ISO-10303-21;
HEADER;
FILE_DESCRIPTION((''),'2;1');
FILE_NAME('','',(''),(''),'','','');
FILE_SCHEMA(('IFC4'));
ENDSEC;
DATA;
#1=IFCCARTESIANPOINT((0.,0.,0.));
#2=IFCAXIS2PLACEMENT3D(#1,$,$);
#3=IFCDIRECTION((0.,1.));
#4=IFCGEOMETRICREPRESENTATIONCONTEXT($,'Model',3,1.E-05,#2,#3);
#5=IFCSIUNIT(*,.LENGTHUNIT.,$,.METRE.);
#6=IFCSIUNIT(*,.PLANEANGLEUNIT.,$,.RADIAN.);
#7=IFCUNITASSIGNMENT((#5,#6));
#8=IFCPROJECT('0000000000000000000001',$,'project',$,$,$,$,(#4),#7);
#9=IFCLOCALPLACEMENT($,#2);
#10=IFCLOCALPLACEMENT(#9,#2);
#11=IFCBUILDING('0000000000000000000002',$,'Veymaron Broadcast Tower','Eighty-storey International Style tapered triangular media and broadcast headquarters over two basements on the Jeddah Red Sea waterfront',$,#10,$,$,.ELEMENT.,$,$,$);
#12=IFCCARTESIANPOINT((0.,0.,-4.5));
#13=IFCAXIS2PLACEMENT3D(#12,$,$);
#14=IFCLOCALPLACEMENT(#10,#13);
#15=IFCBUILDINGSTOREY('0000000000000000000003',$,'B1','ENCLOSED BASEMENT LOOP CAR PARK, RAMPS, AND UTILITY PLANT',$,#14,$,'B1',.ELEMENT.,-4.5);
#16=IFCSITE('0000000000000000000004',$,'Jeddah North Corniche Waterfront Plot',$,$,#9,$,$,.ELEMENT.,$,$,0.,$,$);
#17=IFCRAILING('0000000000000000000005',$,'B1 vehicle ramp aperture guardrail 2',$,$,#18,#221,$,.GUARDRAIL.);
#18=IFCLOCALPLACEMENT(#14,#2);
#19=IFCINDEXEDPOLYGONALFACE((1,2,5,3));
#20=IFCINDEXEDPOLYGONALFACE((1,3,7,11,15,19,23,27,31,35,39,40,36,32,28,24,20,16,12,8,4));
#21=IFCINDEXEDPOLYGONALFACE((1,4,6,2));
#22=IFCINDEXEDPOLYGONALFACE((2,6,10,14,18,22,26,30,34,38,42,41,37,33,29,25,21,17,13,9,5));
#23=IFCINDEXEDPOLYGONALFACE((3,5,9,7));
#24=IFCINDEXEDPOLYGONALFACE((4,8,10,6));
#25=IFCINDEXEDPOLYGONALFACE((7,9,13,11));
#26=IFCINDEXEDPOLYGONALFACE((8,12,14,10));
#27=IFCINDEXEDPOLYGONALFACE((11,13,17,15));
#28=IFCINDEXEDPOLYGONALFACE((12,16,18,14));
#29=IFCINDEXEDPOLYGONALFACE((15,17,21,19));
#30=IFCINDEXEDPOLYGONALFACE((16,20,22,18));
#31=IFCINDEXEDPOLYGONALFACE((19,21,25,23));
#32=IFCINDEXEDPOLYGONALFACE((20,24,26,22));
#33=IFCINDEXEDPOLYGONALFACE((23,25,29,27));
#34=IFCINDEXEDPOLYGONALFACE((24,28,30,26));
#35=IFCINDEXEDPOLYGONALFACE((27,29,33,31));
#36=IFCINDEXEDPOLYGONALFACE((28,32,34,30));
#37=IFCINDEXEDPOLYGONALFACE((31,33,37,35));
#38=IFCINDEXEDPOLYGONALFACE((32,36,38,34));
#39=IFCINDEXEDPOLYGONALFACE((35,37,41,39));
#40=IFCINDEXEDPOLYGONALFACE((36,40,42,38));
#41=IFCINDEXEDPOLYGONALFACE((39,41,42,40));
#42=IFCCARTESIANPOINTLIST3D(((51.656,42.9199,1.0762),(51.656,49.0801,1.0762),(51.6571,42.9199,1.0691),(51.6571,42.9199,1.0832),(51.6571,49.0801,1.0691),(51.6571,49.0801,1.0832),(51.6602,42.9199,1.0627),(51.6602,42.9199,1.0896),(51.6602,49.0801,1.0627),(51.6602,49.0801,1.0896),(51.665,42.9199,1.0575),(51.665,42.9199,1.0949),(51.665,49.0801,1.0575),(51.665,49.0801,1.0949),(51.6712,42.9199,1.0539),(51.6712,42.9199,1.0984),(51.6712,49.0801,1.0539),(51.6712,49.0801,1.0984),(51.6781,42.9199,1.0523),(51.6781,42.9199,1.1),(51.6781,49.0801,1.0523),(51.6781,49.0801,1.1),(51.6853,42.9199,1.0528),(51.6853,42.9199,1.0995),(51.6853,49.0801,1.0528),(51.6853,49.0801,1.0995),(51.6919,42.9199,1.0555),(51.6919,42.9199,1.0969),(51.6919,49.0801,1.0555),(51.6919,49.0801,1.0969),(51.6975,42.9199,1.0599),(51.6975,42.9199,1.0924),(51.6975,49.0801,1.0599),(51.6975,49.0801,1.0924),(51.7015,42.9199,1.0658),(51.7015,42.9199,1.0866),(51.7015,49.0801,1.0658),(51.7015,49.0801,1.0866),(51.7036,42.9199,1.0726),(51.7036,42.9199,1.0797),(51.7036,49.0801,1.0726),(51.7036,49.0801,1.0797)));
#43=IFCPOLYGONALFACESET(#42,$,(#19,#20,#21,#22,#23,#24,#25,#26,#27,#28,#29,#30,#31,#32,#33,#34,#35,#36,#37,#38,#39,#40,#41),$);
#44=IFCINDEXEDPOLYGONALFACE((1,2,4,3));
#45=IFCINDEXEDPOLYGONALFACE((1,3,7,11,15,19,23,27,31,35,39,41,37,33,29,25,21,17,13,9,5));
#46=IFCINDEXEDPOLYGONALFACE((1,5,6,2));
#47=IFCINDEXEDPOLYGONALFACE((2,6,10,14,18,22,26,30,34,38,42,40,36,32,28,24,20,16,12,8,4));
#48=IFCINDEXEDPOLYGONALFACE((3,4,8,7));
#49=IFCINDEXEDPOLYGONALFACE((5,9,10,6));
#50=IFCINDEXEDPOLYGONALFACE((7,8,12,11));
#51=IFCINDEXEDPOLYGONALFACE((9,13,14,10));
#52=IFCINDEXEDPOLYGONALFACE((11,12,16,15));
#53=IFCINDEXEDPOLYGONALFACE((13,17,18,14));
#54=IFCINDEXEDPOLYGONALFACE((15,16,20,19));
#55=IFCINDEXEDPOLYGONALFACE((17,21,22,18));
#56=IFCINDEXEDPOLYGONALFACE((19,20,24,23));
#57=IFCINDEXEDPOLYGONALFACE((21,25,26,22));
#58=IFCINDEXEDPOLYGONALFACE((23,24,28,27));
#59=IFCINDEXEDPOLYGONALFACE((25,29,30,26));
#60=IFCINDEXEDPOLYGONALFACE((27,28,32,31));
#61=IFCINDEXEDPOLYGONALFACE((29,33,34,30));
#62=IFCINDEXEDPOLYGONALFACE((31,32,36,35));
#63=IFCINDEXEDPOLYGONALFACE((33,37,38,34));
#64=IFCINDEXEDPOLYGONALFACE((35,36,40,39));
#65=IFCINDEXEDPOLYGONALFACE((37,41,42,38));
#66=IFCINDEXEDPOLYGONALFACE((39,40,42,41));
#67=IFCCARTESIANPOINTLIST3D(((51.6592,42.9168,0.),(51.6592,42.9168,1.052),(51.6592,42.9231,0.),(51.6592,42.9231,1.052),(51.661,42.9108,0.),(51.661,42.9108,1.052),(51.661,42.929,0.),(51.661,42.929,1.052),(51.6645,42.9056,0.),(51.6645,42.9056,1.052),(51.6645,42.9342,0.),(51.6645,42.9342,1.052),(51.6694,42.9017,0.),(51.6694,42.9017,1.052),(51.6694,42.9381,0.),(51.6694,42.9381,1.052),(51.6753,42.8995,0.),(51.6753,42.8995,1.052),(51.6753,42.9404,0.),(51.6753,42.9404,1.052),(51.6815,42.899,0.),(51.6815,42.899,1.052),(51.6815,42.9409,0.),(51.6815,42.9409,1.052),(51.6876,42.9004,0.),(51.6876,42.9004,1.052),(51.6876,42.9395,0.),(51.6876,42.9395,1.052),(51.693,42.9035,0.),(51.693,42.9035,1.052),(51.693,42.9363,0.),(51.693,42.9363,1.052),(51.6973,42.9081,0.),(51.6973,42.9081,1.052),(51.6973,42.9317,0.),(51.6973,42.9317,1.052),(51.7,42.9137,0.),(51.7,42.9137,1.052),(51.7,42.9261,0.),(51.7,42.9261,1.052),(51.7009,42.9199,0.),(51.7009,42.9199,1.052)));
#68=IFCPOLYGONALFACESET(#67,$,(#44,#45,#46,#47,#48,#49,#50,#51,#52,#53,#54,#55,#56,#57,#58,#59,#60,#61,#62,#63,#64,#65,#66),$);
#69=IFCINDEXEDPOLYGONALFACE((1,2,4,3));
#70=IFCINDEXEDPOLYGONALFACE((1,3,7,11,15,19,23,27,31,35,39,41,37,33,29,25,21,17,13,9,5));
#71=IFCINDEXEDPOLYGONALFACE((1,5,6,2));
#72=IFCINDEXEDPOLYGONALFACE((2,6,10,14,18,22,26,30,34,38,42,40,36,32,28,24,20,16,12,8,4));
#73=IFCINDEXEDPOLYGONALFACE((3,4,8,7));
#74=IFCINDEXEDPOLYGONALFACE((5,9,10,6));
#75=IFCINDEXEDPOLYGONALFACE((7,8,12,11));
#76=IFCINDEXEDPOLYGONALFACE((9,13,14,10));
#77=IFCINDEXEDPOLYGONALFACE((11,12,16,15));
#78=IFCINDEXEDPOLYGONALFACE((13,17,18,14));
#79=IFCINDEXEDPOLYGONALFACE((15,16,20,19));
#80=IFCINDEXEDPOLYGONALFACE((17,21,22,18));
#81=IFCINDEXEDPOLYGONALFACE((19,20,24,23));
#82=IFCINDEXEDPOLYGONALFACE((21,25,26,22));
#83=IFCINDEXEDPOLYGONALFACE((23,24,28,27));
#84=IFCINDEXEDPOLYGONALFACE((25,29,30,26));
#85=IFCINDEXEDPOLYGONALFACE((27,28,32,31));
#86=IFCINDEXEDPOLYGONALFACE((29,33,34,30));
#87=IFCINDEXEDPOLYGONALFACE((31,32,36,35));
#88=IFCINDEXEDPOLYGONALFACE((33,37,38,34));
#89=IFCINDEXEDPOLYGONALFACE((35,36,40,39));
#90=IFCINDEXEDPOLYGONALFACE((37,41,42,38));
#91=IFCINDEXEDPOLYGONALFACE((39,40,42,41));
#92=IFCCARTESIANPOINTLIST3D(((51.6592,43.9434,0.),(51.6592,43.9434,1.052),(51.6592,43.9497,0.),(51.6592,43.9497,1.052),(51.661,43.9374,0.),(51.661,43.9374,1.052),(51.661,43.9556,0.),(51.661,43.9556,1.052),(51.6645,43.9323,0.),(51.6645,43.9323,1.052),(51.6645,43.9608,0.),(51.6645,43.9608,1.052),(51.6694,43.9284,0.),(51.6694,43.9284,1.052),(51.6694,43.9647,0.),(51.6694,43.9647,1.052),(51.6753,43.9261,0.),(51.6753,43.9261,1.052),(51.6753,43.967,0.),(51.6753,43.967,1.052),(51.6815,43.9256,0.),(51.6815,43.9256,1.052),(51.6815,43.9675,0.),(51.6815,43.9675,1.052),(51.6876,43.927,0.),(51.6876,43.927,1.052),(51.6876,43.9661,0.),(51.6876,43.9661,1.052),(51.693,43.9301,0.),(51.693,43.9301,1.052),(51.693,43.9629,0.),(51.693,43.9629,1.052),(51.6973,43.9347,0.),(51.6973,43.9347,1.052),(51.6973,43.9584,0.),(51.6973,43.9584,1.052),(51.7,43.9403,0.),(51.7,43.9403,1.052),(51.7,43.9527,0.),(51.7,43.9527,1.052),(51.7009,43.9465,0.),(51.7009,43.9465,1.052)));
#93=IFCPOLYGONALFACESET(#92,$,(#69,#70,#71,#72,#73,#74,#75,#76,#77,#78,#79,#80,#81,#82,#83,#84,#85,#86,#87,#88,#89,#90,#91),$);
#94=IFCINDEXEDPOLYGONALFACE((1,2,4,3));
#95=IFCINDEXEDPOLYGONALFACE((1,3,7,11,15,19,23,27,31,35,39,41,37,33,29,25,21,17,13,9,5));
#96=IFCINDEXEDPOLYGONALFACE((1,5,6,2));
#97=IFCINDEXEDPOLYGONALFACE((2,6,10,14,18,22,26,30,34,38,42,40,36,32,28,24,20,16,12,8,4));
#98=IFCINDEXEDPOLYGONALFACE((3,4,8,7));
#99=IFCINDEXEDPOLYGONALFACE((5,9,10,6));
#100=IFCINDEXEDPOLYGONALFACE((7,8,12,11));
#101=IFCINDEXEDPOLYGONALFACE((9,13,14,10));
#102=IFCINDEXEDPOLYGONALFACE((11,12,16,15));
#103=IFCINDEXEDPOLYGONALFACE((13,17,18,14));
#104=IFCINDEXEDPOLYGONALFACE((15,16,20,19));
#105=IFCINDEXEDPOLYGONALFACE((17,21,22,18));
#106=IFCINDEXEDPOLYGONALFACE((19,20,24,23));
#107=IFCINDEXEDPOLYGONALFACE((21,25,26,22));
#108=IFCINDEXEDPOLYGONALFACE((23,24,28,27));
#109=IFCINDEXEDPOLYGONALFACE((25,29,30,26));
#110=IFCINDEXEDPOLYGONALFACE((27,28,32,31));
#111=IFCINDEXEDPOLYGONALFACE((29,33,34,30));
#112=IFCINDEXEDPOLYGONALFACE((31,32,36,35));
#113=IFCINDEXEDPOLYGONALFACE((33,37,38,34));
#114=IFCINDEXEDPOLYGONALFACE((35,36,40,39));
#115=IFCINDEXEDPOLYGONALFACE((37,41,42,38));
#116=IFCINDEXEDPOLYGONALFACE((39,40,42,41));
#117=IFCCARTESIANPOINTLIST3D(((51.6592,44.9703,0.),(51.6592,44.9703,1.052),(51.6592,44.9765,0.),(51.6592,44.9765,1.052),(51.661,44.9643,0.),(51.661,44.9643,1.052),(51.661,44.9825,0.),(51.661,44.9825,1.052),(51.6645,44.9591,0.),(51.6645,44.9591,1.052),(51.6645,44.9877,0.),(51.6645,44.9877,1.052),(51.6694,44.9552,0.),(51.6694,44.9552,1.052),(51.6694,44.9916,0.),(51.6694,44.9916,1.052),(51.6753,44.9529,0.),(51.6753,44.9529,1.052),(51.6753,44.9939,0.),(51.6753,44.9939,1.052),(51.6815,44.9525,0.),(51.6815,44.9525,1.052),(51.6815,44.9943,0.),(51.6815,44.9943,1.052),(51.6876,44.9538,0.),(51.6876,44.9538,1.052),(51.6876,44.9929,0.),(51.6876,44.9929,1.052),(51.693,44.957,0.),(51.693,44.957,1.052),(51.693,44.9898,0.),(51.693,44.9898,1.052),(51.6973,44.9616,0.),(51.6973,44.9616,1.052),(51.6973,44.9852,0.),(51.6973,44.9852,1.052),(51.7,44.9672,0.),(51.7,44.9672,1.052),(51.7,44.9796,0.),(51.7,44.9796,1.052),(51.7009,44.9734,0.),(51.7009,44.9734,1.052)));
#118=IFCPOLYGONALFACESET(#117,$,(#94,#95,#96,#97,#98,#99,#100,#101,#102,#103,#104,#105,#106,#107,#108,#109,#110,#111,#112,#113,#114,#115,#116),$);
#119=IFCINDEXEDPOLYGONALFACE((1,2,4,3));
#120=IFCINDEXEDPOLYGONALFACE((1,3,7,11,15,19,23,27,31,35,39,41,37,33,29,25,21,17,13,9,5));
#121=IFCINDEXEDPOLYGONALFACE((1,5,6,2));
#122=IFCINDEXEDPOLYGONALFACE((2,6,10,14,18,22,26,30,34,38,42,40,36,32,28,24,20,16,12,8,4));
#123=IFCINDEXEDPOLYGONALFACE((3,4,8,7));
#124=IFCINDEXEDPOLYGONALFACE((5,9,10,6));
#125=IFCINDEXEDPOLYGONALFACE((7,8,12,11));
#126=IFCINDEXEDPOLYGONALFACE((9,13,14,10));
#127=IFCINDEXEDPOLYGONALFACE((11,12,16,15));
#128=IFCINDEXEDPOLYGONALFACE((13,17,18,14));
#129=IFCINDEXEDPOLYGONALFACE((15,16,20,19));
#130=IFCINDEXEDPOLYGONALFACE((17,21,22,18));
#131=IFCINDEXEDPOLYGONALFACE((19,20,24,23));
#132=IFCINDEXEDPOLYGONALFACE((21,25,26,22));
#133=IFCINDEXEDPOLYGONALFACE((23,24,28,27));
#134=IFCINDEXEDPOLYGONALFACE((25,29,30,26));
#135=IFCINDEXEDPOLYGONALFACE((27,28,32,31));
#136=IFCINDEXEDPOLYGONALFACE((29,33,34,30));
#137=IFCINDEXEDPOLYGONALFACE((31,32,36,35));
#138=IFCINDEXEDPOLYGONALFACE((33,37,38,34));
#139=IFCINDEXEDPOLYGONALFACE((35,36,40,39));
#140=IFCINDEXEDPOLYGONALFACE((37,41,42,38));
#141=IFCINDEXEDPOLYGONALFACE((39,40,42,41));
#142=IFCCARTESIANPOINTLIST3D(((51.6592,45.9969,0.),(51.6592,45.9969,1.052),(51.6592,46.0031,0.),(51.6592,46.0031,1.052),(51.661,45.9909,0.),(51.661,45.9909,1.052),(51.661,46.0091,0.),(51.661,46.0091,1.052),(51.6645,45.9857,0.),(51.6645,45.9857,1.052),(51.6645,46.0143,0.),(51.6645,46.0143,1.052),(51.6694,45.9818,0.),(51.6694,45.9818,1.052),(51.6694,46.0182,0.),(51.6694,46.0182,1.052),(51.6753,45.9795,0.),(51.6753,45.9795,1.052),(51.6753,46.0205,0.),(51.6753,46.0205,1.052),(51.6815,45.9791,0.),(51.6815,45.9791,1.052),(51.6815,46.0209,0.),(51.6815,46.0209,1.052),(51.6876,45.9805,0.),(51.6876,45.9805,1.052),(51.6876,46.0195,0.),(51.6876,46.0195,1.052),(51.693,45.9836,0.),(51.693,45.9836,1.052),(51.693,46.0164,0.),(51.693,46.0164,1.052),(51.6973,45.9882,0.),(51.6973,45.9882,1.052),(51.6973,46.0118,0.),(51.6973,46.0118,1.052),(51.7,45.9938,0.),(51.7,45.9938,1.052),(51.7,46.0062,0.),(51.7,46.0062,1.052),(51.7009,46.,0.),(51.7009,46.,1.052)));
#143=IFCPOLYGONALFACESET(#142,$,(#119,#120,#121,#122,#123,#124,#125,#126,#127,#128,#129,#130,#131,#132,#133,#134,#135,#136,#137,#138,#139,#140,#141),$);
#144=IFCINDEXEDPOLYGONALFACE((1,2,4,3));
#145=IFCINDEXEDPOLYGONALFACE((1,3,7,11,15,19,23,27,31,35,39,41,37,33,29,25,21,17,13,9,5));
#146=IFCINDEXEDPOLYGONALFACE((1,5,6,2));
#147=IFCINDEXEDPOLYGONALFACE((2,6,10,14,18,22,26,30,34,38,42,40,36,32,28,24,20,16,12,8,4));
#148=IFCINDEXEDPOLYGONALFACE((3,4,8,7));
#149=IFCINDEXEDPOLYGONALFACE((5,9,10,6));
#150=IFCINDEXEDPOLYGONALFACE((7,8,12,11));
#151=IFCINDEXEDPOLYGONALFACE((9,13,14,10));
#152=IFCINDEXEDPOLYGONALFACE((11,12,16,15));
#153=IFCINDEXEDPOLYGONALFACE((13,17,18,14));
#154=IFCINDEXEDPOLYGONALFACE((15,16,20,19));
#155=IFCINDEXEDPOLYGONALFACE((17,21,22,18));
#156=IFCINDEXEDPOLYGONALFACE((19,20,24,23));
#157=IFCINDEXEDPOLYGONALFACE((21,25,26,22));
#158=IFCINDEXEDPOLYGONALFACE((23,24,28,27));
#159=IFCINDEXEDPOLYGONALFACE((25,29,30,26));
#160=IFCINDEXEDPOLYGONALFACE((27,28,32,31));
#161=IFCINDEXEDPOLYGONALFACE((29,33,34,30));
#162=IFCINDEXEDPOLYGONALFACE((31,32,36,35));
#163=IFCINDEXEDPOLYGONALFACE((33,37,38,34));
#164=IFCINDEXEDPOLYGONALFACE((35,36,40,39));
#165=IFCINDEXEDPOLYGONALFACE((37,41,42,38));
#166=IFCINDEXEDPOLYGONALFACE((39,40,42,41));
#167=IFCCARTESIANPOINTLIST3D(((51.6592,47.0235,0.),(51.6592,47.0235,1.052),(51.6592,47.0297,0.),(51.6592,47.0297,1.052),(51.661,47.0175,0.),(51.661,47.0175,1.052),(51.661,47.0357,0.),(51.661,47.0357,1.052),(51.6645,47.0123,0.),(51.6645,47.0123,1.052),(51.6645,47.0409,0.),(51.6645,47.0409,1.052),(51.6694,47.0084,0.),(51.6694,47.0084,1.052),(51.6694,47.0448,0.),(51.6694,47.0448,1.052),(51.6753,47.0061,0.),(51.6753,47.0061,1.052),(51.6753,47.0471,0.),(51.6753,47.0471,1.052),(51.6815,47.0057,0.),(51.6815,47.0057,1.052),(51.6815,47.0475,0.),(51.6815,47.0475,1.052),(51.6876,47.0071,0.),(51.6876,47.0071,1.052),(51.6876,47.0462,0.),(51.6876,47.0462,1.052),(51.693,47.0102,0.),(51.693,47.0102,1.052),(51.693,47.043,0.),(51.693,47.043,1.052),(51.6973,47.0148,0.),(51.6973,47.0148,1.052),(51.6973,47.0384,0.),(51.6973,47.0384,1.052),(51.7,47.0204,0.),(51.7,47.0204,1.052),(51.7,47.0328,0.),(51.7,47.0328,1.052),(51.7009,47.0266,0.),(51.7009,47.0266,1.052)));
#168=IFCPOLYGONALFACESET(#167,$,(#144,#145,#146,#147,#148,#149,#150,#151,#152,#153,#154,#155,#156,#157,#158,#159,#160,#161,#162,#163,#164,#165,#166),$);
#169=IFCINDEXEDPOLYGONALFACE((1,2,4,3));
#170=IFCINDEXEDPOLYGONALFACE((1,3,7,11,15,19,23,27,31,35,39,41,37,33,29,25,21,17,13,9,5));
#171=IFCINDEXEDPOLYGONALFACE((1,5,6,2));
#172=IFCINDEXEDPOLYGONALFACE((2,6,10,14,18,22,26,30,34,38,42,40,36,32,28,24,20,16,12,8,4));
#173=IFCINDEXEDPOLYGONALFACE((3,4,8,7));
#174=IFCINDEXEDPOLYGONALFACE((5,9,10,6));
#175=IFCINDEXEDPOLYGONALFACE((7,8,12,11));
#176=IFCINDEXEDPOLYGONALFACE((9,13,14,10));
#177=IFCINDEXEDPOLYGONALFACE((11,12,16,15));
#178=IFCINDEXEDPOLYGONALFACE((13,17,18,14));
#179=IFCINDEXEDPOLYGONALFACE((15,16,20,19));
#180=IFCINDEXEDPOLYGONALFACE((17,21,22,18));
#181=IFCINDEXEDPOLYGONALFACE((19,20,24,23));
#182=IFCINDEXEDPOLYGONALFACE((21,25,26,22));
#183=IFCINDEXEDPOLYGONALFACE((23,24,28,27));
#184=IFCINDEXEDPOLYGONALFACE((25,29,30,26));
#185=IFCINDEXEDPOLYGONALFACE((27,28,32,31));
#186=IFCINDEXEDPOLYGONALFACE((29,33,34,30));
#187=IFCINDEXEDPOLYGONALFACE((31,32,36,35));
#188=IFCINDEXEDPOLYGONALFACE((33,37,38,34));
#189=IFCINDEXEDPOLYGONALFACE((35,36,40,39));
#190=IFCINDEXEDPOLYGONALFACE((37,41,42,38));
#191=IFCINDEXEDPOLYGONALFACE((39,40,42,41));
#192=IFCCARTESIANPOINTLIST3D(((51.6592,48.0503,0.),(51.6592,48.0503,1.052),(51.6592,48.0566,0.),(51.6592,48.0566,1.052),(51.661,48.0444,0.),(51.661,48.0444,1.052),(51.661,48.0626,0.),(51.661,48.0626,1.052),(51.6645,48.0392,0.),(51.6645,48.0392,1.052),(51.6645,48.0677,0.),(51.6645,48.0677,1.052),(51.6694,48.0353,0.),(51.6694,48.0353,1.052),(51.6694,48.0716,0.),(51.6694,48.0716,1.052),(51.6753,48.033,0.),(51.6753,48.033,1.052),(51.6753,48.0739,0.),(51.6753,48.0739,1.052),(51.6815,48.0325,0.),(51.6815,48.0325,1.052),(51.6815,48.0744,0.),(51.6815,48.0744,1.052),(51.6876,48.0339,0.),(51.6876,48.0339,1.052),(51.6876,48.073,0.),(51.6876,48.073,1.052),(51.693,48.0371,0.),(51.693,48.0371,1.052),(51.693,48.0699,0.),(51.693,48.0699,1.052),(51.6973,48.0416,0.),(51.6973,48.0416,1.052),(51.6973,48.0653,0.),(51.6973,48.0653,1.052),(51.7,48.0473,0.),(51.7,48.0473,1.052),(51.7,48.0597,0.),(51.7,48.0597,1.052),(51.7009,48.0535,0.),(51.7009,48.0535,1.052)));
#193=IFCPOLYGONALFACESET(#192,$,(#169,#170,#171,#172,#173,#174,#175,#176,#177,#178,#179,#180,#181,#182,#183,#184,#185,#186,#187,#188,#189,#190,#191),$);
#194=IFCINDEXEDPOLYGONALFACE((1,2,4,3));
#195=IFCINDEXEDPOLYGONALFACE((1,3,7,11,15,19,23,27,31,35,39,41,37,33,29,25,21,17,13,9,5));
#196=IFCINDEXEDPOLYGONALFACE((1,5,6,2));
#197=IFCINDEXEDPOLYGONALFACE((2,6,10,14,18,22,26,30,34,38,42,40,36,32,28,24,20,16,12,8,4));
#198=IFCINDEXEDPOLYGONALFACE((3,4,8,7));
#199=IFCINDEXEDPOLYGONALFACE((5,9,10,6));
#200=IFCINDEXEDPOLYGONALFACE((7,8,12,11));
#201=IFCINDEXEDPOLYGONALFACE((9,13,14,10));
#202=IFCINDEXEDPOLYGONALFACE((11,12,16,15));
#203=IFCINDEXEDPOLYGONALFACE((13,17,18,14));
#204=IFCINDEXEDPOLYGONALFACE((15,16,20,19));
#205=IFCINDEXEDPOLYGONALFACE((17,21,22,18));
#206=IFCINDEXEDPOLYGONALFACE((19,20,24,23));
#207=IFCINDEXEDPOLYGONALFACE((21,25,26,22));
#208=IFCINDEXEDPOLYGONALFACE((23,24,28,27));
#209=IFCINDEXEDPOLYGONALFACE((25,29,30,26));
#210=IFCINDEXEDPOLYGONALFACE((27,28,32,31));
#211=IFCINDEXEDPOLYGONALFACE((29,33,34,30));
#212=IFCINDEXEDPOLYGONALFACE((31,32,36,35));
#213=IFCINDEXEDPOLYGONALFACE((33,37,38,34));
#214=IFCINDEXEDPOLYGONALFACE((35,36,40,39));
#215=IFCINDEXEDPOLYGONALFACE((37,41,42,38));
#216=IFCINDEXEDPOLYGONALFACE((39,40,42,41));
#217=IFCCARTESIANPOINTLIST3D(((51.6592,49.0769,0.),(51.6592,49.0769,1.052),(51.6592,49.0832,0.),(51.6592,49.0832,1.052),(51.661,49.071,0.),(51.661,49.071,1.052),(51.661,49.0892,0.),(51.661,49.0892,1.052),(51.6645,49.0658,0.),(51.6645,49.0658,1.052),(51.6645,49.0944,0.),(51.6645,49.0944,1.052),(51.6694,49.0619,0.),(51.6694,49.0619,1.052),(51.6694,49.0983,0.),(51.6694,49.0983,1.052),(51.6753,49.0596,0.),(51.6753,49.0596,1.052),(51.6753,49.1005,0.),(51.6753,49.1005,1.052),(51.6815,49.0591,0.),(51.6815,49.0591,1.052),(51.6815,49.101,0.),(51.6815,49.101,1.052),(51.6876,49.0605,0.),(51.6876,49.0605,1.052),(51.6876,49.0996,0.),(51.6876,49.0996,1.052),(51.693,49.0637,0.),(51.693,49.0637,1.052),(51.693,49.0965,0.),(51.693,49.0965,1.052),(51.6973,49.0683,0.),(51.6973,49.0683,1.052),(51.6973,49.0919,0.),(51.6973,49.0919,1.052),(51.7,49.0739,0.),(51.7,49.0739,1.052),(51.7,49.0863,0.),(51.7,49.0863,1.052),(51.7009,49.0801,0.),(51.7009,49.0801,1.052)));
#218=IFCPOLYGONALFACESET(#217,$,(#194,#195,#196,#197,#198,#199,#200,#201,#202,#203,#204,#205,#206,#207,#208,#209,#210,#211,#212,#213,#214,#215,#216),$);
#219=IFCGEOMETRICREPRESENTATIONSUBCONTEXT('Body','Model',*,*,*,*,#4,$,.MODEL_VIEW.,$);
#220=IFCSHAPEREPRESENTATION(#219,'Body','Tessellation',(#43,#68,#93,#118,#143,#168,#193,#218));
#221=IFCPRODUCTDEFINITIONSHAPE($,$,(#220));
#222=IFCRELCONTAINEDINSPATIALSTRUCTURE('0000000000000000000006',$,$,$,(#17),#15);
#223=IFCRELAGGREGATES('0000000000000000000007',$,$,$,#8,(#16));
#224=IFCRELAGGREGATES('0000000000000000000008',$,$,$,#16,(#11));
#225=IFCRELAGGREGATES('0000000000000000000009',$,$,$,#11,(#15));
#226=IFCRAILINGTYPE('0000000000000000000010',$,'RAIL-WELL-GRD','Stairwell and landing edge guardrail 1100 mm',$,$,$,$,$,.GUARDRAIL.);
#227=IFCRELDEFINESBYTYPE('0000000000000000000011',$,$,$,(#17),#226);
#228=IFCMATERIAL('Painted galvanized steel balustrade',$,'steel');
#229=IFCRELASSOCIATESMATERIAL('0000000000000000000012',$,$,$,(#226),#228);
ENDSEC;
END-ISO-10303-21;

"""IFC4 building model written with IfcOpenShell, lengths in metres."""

from ifc_helpers import new_model, si_unit, direction, frame, origin, origin_2d, place, context, subcontext, project, spatial, circle, extrude, material, type_object, element, save


model = new_model("IFC4")

# Units and contexts
model_context = context("Model", 3, precision=1e-05, world=origin(), true_north=direction((0.0, 1.0)))
body_context = subcontext(model_context, "Body", "Model", "MODEL_VIEW")
ifc_project = project(units=[si_unit("LENGTHUNIT", "METRE"), si_unit("PLANEANGLEUNIT", "RADIAN")], contexts=[model_context])

# Site, building, storey
site_placement = place(None, origin())
site = spatial("IfcSite", under=ifc_project, at=site_placement, Name="Jeddah North Corniche Waterfront Plot", CompositionType="ELEMENT", RefElevation=0.0)
building_placement = place(site_placement, origin())
building = spatial("IfcBuilding", under=site, at=building_placement, Name="Veymaron Broadcast Tower", Description="Eighty-storey International Style tapered triangular media and broadcast headquarters over two basements on the Jeddah Red Sea waterfront", CompositionType="ELEMENT")
storey_placement = place(building_placement, frame((0.0, 0.0, -4.5)))
storey = spatial("IfcBuildingStorey", under=building, at=storey_placement, Name="B1", Description="ENCLOSED BASEMENT LOOP CAR PARK, RAMPS, AND UTILITY PLANT", LongName="B1", CompositionType="ELEMENT", Elevation=-4.5)

# Railing
ifc_material_1 = material(Name="Painted galvanized steel balustrade", Category="steel")
railing_type = type_object("IfcRailingType", Name="RAIL-WELL-GRD", Description="Stairwell and landing edge guardrail 1100 mm", PredefinedType="GUARDRAIL", material=ifc_material_1)
railing_1_placement = place(storey_placement, frame((51.6799, 42.9199, 0.0)))
element("IfcRailing", 1, at=railing_1_placement, inside=storey, type_object=railing_type, Name="B1 vehicle ramp aperture guardrail 2", PredefinedType="GUARDRAIL", context=body_context, shape_type="SweptSolid", body=[
    extrude(circle(Radius=0.0239, at=origin_2d()), frame((0.0, 0.0, 1.0762), z_axis=(0.0, 1.0, 0.0), x_axis=(-1.0, 0.0, 0.0)), (0.0, 0.0, 1.0), 6.1602),
    extrude(circle(Radius=0.021, at=origin_2d()), origin(), (0.0, 0.0, 1.0), 1.052),
    extrude(circle(Radius=0.021, at=origin_2d()), frame((0.0, 1.0266, 0.0)), (0.0, 0.0, 1.0), 1.052),
    extrude(circle(Radius=0.021, at=origin_2d()), frame((0.0, 2.0535, 0.0)), (0.0, 0.0, 1.0), 1.052),
    extrude(circle(Radius=0.021, at=origin_2d()), frame((0.0, 3.0801, 0.0)), (0.0, 0.0, 1.0), 1.052),
    extrude(circle(Radius=0.021, at=origin_2d()), frame((0.0, 4.1067, 0.0)), (0.0, 0.0, 1.0), 1.052),
    extrude(circle(Radius=0.021, at=origin_2d()), frame((0.0, 5.1335, 0.0)), (0.0, 0.0, 1.0), 1.052),
    extrude(circle(Radius=0.021, at=origin_2d()), frame((0.0, 6.1602, 0.0)), (0.0, 0.0, 1.0), 1.052),
])

save(model, "model.ifc")
